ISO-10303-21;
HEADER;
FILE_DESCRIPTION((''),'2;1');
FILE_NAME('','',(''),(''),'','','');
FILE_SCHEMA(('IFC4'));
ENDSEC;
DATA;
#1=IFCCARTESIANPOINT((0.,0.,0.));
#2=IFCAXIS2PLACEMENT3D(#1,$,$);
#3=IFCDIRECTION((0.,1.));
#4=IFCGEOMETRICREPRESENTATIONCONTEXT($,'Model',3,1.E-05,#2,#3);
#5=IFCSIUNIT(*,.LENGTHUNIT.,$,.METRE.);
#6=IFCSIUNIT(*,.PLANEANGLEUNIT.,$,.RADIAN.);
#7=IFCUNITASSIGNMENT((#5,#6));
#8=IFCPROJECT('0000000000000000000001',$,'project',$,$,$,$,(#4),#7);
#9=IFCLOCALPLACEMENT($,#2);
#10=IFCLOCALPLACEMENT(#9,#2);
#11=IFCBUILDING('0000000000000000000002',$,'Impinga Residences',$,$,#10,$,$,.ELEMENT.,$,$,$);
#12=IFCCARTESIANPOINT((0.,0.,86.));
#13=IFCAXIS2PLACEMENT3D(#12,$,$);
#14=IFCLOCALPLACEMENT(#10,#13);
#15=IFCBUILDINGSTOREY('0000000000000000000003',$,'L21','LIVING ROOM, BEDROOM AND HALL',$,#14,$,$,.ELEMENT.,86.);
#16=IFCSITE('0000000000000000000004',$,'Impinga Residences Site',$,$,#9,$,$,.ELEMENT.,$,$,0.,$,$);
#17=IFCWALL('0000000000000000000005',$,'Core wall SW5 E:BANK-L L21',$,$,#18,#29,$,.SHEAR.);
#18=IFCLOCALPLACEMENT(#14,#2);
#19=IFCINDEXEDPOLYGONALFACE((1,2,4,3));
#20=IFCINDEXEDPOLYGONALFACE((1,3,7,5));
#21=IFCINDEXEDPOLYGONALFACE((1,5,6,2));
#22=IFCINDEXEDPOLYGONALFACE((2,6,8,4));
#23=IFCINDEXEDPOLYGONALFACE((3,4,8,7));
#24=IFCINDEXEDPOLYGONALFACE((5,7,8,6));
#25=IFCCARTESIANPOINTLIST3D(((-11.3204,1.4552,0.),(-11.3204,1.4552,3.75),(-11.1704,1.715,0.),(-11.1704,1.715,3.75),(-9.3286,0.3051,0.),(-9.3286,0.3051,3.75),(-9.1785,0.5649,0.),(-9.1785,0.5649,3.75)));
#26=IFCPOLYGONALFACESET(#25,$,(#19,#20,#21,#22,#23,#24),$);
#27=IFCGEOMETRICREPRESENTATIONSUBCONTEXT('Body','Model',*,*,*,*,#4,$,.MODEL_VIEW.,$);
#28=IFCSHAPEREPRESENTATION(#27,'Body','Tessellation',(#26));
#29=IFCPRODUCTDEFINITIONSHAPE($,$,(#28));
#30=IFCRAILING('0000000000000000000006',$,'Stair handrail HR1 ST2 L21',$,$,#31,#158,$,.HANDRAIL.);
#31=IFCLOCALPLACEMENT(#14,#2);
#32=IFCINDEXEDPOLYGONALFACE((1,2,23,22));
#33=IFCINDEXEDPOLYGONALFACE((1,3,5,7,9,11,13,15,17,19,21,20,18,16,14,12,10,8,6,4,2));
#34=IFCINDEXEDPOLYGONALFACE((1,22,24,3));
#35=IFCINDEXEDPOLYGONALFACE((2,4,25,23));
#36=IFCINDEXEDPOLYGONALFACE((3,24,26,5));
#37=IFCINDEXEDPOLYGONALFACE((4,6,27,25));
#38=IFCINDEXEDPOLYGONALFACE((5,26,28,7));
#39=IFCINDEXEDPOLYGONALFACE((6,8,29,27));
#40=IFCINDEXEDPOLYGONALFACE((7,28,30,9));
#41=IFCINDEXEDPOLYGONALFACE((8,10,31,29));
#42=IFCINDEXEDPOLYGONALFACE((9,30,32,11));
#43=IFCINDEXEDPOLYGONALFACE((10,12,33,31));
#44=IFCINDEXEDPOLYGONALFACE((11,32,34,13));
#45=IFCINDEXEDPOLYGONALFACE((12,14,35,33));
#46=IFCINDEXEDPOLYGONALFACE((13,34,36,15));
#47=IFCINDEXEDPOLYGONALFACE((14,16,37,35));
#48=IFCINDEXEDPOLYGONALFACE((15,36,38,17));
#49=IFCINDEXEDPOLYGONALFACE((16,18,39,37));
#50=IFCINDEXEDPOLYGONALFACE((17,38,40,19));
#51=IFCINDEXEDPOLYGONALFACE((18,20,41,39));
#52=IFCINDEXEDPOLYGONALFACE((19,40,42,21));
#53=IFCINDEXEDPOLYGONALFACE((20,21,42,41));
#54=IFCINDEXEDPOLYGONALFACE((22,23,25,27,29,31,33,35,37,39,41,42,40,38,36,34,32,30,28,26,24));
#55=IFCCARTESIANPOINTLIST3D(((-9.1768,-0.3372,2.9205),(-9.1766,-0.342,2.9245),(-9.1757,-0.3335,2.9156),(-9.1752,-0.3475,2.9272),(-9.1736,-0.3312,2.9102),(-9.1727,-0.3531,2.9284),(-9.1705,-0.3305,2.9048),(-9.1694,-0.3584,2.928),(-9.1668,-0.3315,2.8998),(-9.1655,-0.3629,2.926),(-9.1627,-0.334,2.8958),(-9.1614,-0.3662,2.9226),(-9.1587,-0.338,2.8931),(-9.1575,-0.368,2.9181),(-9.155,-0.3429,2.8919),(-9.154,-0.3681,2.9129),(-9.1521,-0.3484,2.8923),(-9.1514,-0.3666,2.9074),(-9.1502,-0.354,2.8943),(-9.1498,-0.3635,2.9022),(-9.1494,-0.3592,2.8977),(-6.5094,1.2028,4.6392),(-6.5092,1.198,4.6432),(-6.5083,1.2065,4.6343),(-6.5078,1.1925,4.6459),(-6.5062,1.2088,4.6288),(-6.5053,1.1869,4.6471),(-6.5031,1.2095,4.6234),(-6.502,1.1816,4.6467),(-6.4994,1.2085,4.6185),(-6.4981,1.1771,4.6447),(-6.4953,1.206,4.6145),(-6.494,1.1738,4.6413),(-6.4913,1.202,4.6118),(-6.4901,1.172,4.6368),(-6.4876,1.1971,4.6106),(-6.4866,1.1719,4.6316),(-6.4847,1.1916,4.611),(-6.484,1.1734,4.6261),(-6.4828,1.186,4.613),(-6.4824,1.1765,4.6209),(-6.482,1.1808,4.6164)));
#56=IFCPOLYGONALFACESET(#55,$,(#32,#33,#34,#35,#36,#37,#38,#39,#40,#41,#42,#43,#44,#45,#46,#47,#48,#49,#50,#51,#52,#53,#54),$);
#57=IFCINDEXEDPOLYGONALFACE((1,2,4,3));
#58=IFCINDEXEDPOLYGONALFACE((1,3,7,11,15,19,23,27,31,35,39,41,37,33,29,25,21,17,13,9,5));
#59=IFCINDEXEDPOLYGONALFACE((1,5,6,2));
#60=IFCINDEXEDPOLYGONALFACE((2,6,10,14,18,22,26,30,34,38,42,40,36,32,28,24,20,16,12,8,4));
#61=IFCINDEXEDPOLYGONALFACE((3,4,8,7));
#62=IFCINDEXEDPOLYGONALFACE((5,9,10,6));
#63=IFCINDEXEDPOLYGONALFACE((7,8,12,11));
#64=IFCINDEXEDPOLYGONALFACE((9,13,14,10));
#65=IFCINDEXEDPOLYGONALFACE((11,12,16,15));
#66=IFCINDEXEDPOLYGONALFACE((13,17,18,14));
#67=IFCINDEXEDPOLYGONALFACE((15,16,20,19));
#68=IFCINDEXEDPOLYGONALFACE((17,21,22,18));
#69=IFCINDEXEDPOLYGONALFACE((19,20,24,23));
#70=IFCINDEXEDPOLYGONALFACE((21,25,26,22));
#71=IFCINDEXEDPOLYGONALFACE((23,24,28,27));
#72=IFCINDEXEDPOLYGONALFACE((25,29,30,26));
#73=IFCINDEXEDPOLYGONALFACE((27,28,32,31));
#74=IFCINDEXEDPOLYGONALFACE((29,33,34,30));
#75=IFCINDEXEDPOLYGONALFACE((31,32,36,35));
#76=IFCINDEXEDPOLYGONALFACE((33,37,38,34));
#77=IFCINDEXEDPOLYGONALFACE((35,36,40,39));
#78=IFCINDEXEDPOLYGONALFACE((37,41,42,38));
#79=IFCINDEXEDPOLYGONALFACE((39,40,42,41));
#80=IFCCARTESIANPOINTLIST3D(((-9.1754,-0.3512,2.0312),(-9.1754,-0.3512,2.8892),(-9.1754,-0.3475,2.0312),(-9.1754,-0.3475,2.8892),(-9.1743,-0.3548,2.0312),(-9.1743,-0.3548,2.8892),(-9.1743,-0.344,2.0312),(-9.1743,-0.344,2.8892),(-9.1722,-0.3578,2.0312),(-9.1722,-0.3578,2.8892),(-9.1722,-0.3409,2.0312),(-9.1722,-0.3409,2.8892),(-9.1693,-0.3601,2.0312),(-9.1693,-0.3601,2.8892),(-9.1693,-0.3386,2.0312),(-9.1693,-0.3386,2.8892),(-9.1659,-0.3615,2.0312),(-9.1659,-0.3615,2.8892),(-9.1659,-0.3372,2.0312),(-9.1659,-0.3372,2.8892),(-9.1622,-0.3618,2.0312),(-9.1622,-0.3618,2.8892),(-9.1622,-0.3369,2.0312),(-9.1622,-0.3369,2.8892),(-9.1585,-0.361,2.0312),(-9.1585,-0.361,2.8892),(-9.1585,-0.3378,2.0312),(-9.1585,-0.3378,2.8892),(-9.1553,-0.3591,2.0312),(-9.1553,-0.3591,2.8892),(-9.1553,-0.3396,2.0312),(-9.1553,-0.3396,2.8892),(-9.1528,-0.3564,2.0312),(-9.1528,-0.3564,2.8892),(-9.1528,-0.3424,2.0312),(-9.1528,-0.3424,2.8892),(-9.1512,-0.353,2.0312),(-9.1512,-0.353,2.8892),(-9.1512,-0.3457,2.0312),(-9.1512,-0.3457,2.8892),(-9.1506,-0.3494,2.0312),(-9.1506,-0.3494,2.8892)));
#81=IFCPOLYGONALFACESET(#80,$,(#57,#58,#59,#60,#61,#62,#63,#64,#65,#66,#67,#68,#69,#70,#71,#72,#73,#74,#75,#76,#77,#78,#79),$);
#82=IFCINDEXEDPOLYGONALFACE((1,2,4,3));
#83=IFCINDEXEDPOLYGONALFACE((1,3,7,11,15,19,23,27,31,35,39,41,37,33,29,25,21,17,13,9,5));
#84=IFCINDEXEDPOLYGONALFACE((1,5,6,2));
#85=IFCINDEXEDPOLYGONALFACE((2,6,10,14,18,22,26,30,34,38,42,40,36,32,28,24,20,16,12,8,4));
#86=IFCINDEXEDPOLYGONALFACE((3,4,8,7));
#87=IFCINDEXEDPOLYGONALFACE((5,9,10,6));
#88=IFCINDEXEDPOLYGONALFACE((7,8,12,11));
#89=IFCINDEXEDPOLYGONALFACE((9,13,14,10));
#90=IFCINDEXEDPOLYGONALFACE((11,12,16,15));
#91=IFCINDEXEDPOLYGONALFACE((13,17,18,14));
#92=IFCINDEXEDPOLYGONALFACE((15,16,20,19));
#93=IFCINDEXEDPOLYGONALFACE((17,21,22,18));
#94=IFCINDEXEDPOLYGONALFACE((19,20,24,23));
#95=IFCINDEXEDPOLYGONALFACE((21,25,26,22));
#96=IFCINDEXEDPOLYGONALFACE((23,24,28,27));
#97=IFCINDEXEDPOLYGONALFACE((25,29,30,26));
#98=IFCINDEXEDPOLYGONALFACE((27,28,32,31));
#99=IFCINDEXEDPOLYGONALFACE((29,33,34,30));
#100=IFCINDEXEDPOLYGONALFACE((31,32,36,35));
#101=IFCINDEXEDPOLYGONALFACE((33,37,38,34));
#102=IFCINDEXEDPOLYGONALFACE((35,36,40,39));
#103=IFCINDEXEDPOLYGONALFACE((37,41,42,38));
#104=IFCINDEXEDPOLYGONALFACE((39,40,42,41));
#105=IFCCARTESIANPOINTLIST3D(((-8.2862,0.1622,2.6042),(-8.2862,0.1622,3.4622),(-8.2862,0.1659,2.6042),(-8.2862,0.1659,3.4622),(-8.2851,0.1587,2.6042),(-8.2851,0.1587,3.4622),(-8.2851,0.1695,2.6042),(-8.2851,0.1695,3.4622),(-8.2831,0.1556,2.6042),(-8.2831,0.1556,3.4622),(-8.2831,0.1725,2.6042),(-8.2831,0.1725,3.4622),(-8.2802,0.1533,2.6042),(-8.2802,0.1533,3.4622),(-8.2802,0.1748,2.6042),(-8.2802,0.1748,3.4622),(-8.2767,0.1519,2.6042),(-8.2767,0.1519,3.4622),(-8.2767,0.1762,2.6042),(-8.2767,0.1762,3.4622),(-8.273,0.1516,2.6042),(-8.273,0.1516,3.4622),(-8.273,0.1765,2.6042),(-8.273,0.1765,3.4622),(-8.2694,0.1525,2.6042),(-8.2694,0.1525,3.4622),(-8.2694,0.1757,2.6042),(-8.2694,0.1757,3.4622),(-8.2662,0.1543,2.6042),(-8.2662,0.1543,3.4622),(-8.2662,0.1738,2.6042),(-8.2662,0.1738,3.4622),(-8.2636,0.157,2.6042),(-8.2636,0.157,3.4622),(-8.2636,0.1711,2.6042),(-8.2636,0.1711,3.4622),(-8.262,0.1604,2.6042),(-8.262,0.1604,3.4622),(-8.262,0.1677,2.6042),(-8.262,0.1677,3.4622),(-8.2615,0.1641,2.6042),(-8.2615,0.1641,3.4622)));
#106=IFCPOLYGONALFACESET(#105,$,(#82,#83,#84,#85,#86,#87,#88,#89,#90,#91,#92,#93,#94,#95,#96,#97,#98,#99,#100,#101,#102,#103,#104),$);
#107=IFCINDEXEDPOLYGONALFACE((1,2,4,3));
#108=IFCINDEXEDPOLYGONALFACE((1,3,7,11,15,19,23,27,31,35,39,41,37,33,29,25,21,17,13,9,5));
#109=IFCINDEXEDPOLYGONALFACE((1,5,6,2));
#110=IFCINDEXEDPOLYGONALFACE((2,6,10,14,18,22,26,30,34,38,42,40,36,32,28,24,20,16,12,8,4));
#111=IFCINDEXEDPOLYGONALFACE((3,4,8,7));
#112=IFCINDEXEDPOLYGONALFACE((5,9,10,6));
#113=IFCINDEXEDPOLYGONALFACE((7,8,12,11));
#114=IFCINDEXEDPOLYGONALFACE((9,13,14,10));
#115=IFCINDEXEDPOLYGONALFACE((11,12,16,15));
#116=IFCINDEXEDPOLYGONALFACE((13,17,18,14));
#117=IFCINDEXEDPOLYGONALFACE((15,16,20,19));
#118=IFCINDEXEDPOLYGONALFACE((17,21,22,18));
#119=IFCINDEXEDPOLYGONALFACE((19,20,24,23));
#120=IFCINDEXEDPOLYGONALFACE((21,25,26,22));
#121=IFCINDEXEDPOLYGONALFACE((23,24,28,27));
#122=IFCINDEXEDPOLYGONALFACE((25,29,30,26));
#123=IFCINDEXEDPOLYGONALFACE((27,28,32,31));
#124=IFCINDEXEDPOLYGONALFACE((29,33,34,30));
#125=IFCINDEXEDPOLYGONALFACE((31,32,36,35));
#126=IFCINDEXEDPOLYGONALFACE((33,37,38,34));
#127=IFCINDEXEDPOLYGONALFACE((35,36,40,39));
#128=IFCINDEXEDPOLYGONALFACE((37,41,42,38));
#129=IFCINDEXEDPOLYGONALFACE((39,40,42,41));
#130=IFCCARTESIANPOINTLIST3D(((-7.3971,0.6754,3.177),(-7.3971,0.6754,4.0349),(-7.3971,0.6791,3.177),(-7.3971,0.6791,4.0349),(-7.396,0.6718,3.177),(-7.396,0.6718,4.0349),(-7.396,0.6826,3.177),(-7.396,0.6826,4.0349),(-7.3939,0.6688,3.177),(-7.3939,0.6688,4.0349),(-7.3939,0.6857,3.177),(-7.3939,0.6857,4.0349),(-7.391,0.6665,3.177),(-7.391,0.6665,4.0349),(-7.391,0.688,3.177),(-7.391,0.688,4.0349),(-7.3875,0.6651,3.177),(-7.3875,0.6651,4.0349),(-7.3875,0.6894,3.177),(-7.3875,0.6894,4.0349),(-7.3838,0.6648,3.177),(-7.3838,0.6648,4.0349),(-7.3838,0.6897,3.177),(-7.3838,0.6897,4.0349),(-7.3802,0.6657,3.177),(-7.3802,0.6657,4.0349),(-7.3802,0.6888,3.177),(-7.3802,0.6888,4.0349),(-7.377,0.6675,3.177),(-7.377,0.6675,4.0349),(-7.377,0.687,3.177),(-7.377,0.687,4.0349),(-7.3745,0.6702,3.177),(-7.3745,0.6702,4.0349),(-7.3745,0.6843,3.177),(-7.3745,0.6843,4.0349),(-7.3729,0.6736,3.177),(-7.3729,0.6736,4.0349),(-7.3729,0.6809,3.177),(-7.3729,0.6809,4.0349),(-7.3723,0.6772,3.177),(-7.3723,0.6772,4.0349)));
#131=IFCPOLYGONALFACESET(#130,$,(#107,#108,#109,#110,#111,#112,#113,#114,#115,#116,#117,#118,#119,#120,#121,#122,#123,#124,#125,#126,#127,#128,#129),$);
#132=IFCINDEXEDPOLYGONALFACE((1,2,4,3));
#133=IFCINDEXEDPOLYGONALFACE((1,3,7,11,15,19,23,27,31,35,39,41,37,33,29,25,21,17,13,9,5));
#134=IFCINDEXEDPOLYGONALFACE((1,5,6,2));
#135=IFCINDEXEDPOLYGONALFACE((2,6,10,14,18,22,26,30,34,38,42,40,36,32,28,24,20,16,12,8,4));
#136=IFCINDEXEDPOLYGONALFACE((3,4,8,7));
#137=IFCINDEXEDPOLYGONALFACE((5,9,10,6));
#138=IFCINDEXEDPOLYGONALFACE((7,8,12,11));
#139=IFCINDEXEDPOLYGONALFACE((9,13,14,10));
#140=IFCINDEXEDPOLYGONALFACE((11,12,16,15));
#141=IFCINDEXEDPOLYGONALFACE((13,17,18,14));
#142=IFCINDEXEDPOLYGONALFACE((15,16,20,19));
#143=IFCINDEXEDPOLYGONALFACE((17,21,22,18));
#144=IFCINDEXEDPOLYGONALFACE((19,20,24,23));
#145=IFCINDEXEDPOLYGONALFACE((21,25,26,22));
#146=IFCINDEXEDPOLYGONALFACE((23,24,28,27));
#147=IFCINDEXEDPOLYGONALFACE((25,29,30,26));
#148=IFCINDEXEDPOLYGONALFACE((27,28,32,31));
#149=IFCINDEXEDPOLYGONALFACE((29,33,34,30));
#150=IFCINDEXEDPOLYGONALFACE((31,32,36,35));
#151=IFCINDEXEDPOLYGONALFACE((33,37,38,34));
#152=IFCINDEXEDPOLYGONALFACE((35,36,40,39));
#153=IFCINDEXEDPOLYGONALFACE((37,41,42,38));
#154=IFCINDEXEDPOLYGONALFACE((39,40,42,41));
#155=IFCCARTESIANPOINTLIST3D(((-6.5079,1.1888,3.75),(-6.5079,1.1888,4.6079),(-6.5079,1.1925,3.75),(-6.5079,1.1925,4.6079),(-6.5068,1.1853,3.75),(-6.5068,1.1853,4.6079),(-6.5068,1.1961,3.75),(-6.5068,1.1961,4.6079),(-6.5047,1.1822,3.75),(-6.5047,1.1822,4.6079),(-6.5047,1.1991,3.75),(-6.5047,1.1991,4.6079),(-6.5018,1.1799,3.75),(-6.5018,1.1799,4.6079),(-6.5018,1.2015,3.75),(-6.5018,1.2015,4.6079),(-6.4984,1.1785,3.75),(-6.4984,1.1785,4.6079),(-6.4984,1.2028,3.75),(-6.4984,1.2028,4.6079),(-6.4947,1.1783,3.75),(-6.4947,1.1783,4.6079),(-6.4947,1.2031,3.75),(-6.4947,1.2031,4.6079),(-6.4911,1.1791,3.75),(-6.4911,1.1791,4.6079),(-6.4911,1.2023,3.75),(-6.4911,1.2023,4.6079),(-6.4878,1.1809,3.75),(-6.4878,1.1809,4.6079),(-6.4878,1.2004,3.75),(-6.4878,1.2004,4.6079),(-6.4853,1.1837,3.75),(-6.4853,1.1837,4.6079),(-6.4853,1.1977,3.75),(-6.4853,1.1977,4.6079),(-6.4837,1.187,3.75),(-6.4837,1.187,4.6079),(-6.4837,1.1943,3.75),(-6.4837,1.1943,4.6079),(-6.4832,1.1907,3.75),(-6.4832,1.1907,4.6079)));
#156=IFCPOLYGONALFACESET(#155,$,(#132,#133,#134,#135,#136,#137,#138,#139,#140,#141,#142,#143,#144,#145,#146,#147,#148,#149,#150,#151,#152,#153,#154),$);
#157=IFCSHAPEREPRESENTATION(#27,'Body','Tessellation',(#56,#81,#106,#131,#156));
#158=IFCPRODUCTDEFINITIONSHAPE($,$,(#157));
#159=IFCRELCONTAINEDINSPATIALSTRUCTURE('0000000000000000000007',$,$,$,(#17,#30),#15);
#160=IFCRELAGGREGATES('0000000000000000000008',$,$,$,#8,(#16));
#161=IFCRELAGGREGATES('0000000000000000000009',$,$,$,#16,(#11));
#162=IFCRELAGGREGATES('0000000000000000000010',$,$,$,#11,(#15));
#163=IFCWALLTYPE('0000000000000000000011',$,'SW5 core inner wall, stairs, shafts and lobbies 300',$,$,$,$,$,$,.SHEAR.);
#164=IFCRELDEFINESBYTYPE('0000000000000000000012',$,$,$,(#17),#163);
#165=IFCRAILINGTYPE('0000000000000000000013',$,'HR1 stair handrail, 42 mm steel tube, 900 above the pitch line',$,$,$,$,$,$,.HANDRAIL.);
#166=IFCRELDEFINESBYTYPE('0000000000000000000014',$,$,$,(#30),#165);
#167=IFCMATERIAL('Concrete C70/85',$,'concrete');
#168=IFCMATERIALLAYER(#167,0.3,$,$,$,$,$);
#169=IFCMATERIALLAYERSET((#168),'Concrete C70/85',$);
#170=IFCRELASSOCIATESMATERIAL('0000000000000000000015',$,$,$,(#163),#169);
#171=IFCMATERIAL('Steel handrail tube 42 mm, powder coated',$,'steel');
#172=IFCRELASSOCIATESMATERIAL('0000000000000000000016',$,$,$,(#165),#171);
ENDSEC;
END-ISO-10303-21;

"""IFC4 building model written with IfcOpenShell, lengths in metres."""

from ifc_helpers import new_model, si_unit, direction, frame, frame_2d, origin, origin_2d, place, context, subcontext, project, spatial, rectangle, circle, extrude, material, layer, layer_set, type_object, element, save


model = new_model("IFC4")

# Units and contexts
model_context = context("Model", 3, precision=1e-05, world=origin(), true_north=direction((0.0, 1.0)))
body_context = subcontext(model_context, "Body", "Model", "MODEL_VIEW")
ifc_project = project(units=[si_unit("LENGTHUNIT", "METRE"), si_unit("PLANEANGLEUNIT", "RADIAN")], contexts=[model_context])

# Site, building, storey
site_placement = place(None, origin())
site = spatial("IfcSite", under=ifc_project, at=site_placement, Name="Impinga Residences Site", CompositionType="ELEMENT", RefElevation=0.0)
building_placement = place(site_placement, origin())
building = spatial("IfcBuilding", under=site, at=building_placement, Name="Impinga Residences", CompositionType="ELEMENT")
storey_placement = place(building_placement, frame((0.0, 0.0, 86.0)))
storey = spatial("IfcBuildingStorey", under=building, at=storey_placement, Name="L21", Description="LIVING ROOM, BEDROOM AND HALL", CompositionType="ELEMENT", Elevation=86.0)

# Wall
ifc_material_1 = material(Name="Concrete C70/85", Category="concrete")
ifc_layer_1 = layer(ifc_material_1, 0.3)
ifc_layer_set_1 = layer_set([ifc_layer_1], Name="Concrete C70/85")
wall_type_1 = type_object("IfcWallType", Name="SW5 core inner wall, stairs, shafts and lobbies 300", PredefinedType="SHEAR", material=ifc_layer_set_1)
wall_1_placement = place(storey_placement, frame((-9.2537, 0.4351, 0.0), z_axis=(0.0, 0.0, 1.0), x_axis=(-0.866007, 0.500032, 0.0)))
element("IfcWall", 1, at=wall_1_placement, inside=storey, type_object=wall_type_1, Name="Core wall SW5 E:BANK-L L21", PredefinedType="SHEAR", context=body_context, shape_type="SweptSolid", body=[
    extrude(rectangle(XDim=2.3, YDim=0.3, at=frame_2d((1.1499, 0.0))), origin(), (0.0, 0.0, 1.0), 3.75),
])

# Railing
ifc_material_2 = material(Name="Steel handrail tube 42 mm, powder coated", Category="steel")
railing_type = type_object("IfcRailingType", Name="HR1 stair handrail, 42 mm steel tube, 900 above the pitch line", PredefinedType="HANDRAIL", material=ifc_material_2)
railing_placement = place(storey_placement, frame((-9.1631, -0.3494, 2.0312)))
element("IfcRailing", 2, at=railing_placement, inside=storey, type_object=railing_type, Name="Stair handrail HR1 ST2 L21", PredefinedType="HANDRAIL", context=body_context, shape_type="SweptSolid", body=[
    extrude(circle(Radius=0.021, at=origin_2d()), frame((0.0, 0.0, 0.8789), z_axis=(0.756256, 0.436616, 0.487282), x_axis=(-0.499992, 0.86603, 0.0)), (0.0, 0.0, 1.0), 3.5271),
    extrude(circle(Radius=0.0125, at=origin_2d()), origin(), (0.0, 0.0, 1.0), 0.8579),
    extrude(circle(Radius=0.0125, at=origin_2d()), frame((0.8892, 0.5134, 0.573)), (0.0, 0.0, 1.0), 0.8579),
    extrude(circle(Radius=0.0125, at=origin_2d()), frame((1.7783, 1.0266, 1.1458)), (0.0, 0.0, 1.0), 0.8579),
    extrude(circle(Radius=0.0125, at=origin_2d()), frame((2.6675, 1.54, 1.7188)), (0.0, 0.0, 1.0), 0.8579),
])

save(model, "model.ifc")
